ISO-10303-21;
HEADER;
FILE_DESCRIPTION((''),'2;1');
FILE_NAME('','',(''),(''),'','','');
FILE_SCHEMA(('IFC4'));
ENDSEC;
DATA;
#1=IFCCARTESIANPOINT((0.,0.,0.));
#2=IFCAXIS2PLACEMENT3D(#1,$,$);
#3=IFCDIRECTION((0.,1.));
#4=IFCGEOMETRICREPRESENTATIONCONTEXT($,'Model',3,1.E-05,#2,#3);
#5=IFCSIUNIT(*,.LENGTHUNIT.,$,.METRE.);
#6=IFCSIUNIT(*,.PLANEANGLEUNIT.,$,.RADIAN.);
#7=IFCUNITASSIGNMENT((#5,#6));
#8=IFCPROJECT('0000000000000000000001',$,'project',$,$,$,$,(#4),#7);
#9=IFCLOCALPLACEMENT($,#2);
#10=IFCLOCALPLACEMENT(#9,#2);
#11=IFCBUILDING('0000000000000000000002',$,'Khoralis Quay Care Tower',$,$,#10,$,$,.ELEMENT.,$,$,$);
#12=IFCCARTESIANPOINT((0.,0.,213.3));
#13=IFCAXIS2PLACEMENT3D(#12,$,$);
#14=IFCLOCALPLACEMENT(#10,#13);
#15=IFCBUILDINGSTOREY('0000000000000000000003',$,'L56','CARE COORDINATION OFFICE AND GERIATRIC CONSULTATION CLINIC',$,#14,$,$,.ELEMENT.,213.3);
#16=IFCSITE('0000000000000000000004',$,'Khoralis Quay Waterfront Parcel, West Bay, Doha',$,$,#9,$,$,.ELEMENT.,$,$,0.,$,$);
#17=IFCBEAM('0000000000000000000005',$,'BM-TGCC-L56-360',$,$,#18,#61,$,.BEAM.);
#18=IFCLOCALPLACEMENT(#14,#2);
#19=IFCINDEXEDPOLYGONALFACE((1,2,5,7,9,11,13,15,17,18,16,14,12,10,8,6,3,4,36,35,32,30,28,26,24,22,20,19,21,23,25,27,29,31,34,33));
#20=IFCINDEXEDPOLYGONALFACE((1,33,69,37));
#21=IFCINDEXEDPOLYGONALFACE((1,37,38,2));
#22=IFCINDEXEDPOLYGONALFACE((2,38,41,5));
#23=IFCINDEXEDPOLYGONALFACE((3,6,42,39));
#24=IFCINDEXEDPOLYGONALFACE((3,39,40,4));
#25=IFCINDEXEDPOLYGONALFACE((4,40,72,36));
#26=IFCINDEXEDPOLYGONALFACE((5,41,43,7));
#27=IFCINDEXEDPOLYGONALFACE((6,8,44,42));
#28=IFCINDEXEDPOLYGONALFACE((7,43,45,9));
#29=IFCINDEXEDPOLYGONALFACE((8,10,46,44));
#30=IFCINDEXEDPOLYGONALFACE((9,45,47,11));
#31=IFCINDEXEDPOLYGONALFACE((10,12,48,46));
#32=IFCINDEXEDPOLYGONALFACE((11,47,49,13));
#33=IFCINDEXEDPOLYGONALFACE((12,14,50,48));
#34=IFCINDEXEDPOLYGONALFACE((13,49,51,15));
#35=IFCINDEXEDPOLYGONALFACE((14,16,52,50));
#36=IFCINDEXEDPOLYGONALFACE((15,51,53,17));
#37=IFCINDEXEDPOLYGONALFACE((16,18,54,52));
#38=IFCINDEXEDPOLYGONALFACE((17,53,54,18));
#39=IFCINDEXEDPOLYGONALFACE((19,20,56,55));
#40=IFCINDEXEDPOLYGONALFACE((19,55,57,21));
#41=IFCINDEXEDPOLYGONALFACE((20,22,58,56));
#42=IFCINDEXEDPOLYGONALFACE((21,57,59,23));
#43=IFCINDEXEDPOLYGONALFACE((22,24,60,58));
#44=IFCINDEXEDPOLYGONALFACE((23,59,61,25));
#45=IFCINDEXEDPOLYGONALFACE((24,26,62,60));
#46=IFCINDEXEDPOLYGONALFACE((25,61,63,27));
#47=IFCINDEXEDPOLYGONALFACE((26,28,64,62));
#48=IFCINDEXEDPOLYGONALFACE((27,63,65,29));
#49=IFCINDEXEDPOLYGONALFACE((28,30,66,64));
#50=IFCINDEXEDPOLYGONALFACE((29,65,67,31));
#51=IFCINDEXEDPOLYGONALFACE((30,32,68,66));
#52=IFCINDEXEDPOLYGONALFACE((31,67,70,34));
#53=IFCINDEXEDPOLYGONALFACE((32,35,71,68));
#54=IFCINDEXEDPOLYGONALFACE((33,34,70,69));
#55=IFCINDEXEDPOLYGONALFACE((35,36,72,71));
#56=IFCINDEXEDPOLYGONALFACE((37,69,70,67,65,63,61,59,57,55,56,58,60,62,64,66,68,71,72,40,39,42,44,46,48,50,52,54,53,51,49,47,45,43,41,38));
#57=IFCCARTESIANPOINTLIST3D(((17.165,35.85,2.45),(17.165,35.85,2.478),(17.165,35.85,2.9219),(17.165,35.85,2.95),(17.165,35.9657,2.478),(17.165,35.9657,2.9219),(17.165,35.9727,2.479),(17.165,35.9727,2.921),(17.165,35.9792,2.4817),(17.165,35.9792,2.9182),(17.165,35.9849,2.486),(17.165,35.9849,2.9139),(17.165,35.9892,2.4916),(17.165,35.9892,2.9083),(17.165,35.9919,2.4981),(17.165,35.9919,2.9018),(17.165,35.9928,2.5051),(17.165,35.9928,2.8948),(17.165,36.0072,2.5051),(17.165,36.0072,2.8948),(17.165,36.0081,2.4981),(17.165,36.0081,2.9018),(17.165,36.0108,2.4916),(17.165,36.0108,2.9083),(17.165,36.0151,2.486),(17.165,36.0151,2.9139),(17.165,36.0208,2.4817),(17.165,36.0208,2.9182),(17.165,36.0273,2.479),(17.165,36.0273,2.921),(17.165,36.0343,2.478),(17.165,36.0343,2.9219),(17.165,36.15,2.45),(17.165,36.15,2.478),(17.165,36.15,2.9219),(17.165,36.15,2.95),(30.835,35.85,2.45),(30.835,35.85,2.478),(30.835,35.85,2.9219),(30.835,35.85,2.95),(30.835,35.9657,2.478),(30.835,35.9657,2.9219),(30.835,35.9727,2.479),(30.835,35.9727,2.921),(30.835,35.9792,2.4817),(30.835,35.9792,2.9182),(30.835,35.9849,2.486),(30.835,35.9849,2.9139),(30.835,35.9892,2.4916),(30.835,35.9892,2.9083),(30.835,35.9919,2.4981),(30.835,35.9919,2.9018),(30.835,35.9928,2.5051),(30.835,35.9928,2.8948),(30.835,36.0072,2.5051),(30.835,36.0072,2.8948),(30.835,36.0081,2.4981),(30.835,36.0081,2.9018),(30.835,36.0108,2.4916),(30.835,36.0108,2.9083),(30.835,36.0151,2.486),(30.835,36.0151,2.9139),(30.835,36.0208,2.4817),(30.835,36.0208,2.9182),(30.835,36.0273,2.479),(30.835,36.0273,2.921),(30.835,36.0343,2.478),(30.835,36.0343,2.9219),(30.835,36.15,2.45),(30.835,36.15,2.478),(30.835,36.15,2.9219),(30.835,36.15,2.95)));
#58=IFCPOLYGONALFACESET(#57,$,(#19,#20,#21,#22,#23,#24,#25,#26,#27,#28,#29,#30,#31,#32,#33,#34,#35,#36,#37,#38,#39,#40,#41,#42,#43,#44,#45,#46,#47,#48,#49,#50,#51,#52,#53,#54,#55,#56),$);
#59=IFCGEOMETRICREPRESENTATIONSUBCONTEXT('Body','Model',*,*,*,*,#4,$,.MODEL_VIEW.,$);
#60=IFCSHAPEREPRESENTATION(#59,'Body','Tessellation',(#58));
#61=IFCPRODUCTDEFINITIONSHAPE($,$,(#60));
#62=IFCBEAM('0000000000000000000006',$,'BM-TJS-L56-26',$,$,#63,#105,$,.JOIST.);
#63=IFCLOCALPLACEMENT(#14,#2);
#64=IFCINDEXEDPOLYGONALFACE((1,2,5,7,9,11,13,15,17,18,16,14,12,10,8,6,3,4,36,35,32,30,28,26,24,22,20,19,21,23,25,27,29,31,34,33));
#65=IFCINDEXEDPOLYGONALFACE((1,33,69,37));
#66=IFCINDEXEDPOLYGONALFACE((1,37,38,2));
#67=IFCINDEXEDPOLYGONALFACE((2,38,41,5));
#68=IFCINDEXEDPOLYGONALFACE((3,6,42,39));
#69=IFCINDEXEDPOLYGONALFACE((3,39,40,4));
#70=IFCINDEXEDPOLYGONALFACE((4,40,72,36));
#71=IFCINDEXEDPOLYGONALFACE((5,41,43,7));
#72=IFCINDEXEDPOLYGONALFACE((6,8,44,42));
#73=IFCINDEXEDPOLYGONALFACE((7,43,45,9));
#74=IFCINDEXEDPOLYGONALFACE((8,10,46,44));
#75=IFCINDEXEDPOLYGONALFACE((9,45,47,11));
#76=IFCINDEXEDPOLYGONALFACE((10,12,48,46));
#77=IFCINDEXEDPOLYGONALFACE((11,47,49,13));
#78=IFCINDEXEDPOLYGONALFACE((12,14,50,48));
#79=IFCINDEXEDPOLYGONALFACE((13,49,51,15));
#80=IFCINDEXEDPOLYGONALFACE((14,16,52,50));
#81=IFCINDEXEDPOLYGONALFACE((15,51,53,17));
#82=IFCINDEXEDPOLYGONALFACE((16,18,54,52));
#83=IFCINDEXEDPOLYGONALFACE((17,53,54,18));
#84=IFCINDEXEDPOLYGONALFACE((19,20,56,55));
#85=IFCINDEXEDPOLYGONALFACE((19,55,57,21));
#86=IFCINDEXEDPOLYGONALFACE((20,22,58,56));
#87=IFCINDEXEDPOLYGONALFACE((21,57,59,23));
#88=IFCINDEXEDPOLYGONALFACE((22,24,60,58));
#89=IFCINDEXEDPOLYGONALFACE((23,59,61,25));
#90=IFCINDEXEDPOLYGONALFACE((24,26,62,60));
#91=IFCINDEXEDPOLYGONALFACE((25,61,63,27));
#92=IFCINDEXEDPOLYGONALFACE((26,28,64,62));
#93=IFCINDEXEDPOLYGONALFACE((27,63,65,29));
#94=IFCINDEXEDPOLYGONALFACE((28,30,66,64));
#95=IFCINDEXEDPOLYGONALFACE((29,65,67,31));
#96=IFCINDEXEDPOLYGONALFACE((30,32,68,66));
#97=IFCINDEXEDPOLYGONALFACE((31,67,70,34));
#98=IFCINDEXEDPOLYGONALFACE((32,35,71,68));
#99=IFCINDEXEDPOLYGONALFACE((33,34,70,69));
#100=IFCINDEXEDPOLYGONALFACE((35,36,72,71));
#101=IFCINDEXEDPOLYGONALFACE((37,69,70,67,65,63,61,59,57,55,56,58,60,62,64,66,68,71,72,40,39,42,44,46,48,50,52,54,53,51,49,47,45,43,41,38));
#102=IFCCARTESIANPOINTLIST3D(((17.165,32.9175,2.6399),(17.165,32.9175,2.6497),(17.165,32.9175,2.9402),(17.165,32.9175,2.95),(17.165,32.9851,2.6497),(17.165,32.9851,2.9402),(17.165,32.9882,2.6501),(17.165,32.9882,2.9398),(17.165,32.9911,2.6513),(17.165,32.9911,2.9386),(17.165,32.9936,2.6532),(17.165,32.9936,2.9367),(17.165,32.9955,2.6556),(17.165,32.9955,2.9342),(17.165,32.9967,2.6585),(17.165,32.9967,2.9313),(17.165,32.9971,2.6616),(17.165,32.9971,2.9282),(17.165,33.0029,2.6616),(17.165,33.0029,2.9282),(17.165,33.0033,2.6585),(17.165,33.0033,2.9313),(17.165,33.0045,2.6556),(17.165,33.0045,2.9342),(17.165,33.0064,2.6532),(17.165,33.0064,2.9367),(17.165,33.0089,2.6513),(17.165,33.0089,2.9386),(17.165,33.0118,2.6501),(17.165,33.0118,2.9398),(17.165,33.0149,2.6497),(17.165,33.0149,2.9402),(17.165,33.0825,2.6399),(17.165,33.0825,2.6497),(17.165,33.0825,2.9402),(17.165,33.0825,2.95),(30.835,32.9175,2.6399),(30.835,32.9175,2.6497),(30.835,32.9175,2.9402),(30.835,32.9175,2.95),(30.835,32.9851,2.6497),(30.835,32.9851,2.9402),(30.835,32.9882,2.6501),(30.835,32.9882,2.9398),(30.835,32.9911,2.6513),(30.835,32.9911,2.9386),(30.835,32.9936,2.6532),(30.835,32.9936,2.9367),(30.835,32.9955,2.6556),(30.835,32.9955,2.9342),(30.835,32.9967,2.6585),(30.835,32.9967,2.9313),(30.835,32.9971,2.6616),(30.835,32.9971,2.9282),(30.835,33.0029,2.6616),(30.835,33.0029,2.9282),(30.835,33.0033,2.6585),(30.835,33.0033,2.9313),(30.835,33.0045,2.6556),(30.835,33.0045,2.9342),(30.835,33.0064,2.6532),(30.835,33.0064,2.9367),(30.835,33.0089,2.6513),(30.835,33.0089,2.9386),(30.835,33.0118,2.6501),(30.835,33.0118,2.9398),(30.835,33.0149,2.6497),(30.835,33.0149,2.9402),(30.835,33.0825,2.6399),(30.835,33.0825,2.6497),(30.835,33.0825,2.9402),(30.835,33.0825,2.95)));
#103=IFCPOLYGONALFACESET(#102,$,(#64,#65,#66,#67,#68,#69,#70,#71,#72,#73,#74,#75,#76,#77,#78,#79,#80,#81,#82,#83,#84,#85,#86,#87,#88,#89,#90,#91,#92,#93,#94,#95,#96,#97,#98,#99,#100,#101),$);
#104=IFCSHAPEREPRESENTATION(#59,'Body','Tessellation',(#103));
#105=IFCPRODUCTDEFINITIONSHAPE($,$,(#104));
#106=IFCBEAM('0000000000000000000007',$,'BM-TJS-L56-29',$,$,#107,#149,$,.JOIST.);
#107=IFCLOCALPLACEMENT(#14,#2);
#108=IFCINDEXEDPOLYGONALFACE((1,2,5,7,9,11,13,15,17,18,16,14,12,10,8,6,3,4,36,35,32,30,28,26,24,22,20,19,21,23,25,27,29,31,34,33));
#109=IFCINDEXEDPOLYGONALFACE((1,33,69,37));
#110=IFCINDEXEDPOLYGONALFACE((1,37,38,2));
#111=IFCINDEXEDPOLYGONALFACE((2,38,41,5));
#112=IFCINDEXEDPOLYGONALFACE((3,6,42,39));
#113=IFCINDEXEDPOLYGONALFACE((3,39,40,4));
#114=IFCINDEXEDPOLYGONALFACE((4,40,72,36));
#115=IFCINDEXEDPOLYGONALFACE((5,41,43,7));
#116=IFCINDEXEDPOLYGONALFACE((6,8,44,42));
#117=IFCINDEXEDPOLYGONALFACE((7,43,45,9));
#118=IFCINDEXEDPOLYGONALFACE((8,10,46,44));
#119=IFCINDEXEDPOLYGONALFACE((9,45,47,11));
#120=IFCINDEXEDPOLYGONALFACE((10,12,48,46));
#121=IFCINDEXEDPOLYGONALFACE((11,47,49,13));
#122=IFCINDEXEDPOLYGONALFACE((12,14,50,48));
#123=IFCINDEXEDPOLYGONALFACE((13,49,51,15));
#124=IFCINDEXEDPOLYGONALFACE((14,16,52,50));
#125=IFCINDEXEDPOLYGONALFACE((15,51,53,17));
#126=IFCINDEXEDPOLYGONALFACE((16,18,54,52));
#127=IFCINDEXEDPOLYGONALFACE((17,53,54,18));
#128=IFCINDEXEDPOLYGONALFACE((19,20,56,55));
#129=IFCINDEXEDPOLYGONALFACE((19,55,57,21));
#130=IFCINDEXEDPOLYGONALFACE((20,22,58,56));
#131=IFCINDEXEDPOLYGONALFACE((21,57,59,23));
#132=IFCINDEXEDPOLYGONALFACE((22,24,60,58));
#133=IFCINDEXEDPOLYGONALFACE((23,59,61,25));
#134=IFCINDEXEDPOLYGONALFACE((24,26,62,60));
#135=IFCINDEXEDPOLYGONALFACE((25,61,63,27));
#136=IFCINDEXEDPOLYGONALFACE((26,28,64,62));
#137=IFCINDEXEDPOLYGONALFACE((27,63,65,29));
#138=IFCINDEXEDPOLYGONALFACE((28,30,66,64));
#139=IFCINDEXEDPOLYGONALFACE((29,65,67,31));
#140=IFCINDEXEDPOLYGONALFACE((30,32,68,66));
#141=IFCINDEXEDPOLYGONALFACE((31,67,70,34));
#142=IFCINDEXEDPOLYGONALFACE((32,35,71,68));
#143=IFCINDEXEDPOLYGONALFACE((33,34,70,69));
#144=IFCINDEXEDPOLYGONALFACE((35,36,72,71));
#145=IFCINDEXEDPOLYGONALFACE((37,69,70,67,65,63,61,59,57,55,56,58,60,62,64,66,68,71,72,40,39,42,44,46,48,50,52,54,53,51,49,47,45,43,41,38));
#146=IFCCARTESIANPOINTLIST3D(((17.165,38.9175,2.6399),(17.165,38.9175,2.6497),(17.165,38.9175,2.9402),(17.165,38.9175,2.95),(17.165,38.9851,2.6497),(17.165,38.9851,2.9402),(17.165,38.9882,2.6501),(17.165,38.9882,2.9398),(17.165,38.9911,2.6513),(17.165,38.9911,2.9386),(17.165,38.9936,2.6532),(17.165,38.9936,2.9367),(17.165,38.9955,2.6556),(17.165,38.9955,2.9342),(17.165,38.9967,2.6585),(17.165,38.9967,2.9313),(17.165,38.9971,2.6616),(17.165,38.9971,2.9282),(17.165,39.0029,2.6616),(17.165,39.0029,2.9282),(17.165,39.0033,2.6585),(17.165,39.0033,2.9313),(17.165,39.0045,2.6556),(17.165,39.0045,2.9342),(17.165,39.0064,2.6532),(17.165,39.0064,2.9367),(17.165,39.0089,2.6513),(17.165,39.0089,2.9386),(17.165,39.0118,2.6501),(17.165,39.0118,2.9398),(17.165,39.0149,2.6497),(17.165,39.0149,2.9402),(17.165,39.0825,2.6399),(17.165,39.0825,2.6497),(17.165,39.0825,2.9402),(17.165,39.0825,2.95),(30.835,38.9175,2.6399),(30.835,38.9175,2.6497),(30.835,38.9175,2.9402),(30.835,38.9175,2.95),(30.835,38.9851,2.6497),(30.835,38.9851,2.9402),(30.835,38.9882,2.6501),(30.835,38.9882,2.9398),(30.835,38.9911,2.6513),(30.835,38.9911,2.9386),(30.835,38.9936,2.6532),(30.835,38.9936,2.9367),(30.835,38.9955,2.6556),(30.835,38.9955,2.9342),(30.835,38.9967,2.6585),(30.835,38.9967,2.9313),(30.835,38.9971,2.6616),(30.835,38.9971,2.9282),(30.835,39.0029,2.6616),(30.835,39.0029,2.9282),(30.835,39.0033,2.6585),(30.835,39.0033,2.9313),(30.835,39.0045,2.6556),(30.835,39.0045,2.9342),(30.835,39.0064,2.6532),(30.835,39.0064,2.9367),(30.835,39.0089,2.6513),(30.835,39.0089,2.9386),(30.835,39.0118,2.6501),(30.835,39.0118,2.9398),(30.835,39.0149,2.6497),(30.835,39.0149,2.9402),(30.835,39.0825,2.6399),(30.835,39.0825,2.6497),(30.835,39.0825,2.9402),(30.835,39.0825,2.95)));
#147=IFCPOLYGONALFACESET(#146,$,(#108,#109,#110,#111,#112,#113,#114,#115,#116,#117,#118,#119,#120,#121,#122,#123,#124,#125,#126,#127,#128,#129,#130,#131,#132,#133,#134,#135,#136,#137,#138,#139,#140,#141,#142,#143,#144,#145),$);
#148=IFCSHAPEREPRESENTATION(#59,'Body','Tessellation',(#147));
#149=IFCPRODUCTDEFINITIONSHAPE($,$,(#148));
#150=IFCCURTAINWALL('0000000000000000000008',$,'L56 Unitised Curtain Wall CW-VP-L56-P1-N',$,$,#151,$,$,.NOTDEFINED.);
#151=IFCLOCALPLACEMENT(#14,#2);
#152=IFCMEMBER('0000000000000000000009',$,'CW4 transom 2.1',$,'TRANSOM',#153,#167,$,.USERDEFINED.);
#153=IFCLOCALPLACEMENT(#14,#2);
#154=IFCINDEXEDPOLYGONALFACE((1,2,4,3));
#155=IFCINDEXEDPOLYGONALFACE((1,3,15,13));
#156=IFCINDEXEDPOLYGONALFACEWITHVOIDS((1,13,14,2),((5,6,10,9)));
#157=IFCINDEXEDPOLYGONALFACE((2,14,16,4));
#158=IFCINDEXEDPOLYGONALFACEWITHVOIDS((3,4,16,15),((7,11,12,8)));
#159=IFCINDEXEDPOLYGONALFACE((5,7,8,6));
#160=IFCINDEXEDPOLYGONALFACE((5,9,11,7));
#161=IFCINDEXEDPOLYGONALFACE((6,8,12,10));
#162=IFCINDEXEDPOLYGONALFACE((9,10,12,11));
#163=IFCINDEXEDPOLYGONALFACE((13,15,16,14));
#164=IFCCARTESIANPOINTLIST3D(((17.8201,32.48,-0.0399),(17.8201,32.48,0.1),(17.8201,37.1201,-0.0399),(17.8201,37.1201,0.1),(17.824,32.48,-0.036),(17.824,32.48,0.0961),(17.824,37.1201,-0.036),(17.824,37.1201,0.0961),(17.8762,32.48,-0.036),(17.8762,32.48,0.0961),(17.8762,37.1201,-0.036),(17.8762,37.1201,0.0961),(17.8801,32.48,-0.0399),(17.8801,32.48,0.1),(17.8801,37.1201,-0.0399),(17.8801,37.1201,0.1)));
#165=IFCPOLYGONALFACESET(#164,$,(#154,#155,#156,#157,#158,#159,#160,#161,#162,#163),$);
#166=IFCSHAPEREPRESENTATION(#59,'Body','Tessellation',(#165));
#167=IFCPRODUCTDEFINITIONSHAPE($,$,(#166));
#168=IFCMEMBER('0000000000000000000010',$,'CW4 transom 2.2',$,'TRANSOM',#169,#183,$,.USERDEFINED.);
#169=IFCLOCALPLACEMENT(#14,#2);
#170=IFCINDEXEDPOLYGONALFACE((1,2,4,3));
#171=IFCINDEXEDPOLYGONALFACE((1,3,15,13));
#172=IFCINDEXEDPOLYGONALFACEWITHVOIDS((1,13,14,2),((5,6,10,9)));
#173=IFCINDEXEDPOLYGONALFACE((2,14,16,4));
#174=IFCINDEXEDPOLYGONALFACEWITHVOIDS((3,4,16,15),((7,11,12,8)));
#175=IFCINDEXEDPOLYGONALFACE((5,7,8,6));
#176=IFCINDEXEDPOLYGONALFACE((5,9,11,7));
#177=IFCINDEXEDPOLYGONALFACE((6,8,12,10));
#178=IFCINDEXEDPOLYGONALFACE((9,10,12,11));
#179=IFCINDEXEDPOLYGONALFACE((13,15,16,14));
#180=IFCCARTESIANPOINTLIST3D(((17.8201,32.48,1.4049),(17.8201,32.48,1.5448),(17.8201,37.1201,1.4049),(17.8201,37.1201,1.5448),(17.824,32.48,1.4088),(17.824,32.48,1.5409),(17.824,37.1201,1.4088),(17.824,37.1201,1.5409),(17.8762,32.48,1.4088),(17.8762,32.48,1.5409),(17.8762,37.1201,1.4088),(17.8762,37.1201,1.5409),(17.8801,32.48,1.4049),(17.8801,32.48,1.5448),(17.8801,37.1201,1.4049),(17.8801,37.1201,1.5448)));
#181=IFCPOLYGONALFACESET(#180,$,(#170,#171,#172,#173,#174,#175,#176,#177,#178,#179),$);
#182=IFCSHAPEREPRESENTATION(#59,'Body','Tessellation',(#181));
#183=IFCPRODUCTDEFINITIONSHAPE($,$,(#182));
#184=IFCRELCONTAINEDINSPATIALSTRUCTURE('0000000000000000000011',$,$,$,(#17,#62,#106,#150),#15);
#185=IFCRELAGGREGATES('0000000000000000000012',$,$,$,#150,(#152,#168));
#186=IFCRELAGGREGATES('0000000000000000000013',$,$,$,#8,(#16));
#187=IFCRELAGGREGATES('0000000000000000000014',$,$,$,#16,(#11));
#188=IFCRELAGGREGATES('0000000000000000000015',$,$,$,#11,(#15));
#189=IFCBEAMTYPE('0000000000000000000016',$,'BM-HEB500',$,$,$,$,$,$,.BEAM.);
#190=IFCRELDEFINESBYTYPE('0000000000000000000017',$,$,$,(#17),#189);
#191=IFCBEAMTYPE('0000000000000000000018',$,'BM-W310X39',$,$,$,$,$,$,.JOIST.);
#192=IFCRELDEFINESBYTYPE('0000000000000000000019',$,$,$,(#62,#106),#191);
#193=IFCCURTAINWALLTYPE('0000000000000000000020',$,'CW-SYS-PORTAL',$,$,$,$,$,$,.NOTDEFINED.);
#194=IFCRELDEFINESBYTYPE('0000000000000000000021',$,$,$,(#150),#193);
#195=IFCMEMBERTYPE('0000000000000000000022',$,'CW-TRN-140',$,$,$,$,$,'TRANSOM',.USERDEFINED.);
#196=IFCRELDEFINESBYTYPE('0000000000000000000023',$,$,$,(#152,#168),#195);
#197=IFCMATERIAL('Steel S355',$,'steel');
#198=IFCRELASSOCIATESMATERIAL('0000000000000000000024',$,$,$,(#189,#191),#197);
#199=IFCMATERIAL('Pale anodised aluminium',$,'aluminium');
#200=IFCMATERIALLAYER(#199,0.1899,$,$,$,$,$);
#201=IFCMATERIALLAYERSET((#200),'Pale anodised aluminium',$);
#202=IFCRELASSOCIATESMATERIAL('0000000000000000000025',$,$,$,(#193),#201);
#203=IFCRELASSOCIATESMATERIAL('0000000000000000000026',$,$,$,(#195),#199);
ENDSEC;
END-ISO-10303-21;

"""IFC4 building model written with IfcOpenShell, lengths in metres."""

from ifc_helpers import new_model, si_unit, direction, frame, origin, origin_2d, place, context, subcontext, project, spatial, hollow_rectangle, i_section, extrude, source, transform, mapped, material, layer, layer_set, material_profile, profile_set, type_object, element, aggregate, save


model = new_model("IFC4")

# Units and contexts
model_context = context("Model", 3, precision=1e-05, world=origin(), true_north=direction((0.0, 1.0)))
body_context = subcontext(model_context, "Body", "Model", "MODEL_VIEW")
ifc_project = project(units=[si_unit("LENGTHUNIT", "METRE"), si_unit("PLANEANGLEUNIT", "RADIAN")], contexts=[model_context])

# Site, building, storey
site_placement = place(None, origin())
site = spatial("IfcSite", under=ifc_project, at=site_placement, Name="Khoralis Quay Waterfront Parcel, West Bay, Doha", CompositionType="ELEMENT", RefElevation=0.0)
building_placement = place(site_placement, origin())
building = spatial("IfcBuilding", under=site, at=building_placement, Name="Khoralis Quay Care Tower", CompositionType="ELEMENT")
storey_placement = place(building_placement, frame((0.0, 0.0, 213.3)))
storey = spatial("IfcBuildingStorey", under=building, at=storey_placement, Name="L56", Description="CARE COORDINATION OFFICE AND GERIATRIC CONSULTATION CLINIC", CompositionType="ELEMENT", Elevation=213.3)

# Beams
ifc_material_1 = material(Name="Steel S355", Category="steel")
ifc_material_profile_1 = material_profile(ifc_material_1, i_section(OverallWidth=0.3, OverallDepth=0.5, WebThickness=0.0144, FlangeThickness=0.0281, FilletRadius=0.0271, at=origin_2d()), Name="Steel S355")
ifc_profile_set_1 = profile_set([ifc_material_profile_1], Name="Steel S355")
beam_type_1 = type_object("IfcBeamType", Name="BM-HEB500", PredefinedType="BEAM", material=ifc_profile_set_1)
shared_shape_1 = source(origin(), body_context, "Body", "SweptSolid", [
    extrude(i_section(OverallWidth=0.3, OverallDepth=0.5, WebThickness=0.0144, FlangeThickness=0.0281, FilletRadius=0.0271, at=origin_2d()), origin(), (0.0, 0.0, 1.0), 13.6699),
])
beam_1_placement = place(storey_placement, frame((17.165, 36.0, 2.7), z_axis=(1.0, 0.0, 0.0), x_axis=(0.0, 1.0, 0.0)))
element("IfcBeam", 1, at=beam_1_placement, inside=storey, type_object=beam_type_1, Name="BM-TGCC-L56-360", PredefinedType="BEAM", context=body_context, shape_type="MappedRepresentation", body=[
    mapped(shared_shape_1, transform((0.0, 0.0, 0.0), scale=1.0)),
])
ifc_material_profile_2 = material_profile(ifc_material_1, i_section(OverallWidth=0.165, OverallDepth=0.3101, WebThickness=0.0059, FlangeThickness=0.0098, FilletRadius=0.012, at=origin_2d()), Name="Steel S355")
ifc_profile_set_2 = profile_set([ifc_material_profile_2], Name="Steel S355")
beam_type_2 = type_object("IfcBeamType", Name="BM-W310X39", PredefinedType="JOIST", material=ifc_profile_set_2)
shared_shape_2 = source(origin(), body_context, "Body", "SweptSolid", [
    extrude(i_section(OverallWidth=0.165, OverallDepth=0.3101, WebThickness=0.0059, FlangeThickness=0.0098, FilletRadius=0.012, at=origin_2d()), origin(), (0.0, 0.0, 1.0), 13.6699),
])
for number, where, z_axis, x_axis, name in (
    (2, (17.165, 33.0, 2.7949), (1.0, 0.0, 0.0), (0.0, 1.0, 0.0), "BM-TJS-L56-26"),
    (3, (17.165, 39.0, 2.7949), (1.0, 0.0, 0.0), (0.0, 1.0, 0.0), "BM-TJS-L56-29"),
):
    element("IfcBeam", number, at=place(storey_placement, frame(where, z_axis=z_axis, x_axis=x_axis)), inside=storey, type_object=beam_type_2, Name=name, PredefinedType="JOIST", context=body_context, shape_type="MappedRepresentation", body=[
        mapped(shared_shape_2, transform((0.0, 0.0, 0.0), scale=1.0)),
    ])

# Curtain wall, members
ifc_material_2 = material(Name="Pale anodised aluminium", Category="aluminium")
ifc_layer_1 = layer(ifc_material_2, 0.1899)
ifc_layer_set_1 = layer_set([ifc_layer_1], Name="Pale anodised aluminium")
curtain_wall_type = type_object("IfcCurtainWallType", Name="CW-SYS-PORTAL", PredefinedType="NOTDEFINED", material=ifc_layer_set_1)
curtain_wall_placement = place(storey_placement, origin())
curtain_wall = element("IfcCurtainWall", 4, at=curtain_wall_placement, inside=storey, type_object=curtain_wall_type, Name="L56 Unitised Curtain Wall CW-VP-L56-P1-N", PredefinedType="NOTDEFINED")
ifc_material_profile_3 = material_profile(ifc_material_2, hollow_rectangle(XDim=0.0601, YDim=0.1399, WallThickness=0.0039, at=origin_2d()), Name="Pale anodised aluminium")
ifc_profile_set_3 = profile_set([ifc_material_profile_3], Name="Pale anodised aluminium")
member_type_1 = type_object("IfcMemberType", Name="CW-TRN-140", ElementType="TRANSOM", PredefinedType="USERDEFINED", material=ifc_profile_set_3)
shared_shape_3 = source(origin(), body_context, "Body", "SweptSolid", [
    extrude(hollow_rectangle(XDim=0.0601, YDim=0.1399, WallThickness=0.0039, at=origin_2d()), origin(), (0.0, 0.0, 1.0), 4.6401),
])
member_1_placement = place(storey_placement, frame((17.8501, 32.48, 0.03), z_axis=(0.0, 1.0, 0.0), x_axis=(-1.0, 0.0, 0.0)))
member_1 = element("IfcMember", 5, at=member_1_placement, type_object=member_type_1, Name="CW4 transom 2.1", ObjectType="TRANSOM", PredefinedType="USERDEFINED", context=body_context, shape_type="MappedRepresentation", body=[
    mapped(shared_shape_3, transform((0.0, 0.0, 0.0), scale=1.0)),
])
member_2_placement = place(storey_placement, frame((17.8501, 32.48, 1.4749), z_axis=(0.0, 1.0, 0.0), x_axis=(-1.0, 0.0, 0.0)))
member_2 = element("IfcMember", 6, at=member_2_placement, type_object=member_type_1, Name="CW4 transom 2.2", ObjectType="TRANSOM", PredefinedType="USERDEFINED", context=body_context, shape_type="MappedRepresentation", body=[
    mapped(shared_shape_3, transform((0.0, 0.0, 0.0), scale=1.0)),
])
aggregate(curtain_wall, [member_1, member_2])

save(model, "model.ifc")
